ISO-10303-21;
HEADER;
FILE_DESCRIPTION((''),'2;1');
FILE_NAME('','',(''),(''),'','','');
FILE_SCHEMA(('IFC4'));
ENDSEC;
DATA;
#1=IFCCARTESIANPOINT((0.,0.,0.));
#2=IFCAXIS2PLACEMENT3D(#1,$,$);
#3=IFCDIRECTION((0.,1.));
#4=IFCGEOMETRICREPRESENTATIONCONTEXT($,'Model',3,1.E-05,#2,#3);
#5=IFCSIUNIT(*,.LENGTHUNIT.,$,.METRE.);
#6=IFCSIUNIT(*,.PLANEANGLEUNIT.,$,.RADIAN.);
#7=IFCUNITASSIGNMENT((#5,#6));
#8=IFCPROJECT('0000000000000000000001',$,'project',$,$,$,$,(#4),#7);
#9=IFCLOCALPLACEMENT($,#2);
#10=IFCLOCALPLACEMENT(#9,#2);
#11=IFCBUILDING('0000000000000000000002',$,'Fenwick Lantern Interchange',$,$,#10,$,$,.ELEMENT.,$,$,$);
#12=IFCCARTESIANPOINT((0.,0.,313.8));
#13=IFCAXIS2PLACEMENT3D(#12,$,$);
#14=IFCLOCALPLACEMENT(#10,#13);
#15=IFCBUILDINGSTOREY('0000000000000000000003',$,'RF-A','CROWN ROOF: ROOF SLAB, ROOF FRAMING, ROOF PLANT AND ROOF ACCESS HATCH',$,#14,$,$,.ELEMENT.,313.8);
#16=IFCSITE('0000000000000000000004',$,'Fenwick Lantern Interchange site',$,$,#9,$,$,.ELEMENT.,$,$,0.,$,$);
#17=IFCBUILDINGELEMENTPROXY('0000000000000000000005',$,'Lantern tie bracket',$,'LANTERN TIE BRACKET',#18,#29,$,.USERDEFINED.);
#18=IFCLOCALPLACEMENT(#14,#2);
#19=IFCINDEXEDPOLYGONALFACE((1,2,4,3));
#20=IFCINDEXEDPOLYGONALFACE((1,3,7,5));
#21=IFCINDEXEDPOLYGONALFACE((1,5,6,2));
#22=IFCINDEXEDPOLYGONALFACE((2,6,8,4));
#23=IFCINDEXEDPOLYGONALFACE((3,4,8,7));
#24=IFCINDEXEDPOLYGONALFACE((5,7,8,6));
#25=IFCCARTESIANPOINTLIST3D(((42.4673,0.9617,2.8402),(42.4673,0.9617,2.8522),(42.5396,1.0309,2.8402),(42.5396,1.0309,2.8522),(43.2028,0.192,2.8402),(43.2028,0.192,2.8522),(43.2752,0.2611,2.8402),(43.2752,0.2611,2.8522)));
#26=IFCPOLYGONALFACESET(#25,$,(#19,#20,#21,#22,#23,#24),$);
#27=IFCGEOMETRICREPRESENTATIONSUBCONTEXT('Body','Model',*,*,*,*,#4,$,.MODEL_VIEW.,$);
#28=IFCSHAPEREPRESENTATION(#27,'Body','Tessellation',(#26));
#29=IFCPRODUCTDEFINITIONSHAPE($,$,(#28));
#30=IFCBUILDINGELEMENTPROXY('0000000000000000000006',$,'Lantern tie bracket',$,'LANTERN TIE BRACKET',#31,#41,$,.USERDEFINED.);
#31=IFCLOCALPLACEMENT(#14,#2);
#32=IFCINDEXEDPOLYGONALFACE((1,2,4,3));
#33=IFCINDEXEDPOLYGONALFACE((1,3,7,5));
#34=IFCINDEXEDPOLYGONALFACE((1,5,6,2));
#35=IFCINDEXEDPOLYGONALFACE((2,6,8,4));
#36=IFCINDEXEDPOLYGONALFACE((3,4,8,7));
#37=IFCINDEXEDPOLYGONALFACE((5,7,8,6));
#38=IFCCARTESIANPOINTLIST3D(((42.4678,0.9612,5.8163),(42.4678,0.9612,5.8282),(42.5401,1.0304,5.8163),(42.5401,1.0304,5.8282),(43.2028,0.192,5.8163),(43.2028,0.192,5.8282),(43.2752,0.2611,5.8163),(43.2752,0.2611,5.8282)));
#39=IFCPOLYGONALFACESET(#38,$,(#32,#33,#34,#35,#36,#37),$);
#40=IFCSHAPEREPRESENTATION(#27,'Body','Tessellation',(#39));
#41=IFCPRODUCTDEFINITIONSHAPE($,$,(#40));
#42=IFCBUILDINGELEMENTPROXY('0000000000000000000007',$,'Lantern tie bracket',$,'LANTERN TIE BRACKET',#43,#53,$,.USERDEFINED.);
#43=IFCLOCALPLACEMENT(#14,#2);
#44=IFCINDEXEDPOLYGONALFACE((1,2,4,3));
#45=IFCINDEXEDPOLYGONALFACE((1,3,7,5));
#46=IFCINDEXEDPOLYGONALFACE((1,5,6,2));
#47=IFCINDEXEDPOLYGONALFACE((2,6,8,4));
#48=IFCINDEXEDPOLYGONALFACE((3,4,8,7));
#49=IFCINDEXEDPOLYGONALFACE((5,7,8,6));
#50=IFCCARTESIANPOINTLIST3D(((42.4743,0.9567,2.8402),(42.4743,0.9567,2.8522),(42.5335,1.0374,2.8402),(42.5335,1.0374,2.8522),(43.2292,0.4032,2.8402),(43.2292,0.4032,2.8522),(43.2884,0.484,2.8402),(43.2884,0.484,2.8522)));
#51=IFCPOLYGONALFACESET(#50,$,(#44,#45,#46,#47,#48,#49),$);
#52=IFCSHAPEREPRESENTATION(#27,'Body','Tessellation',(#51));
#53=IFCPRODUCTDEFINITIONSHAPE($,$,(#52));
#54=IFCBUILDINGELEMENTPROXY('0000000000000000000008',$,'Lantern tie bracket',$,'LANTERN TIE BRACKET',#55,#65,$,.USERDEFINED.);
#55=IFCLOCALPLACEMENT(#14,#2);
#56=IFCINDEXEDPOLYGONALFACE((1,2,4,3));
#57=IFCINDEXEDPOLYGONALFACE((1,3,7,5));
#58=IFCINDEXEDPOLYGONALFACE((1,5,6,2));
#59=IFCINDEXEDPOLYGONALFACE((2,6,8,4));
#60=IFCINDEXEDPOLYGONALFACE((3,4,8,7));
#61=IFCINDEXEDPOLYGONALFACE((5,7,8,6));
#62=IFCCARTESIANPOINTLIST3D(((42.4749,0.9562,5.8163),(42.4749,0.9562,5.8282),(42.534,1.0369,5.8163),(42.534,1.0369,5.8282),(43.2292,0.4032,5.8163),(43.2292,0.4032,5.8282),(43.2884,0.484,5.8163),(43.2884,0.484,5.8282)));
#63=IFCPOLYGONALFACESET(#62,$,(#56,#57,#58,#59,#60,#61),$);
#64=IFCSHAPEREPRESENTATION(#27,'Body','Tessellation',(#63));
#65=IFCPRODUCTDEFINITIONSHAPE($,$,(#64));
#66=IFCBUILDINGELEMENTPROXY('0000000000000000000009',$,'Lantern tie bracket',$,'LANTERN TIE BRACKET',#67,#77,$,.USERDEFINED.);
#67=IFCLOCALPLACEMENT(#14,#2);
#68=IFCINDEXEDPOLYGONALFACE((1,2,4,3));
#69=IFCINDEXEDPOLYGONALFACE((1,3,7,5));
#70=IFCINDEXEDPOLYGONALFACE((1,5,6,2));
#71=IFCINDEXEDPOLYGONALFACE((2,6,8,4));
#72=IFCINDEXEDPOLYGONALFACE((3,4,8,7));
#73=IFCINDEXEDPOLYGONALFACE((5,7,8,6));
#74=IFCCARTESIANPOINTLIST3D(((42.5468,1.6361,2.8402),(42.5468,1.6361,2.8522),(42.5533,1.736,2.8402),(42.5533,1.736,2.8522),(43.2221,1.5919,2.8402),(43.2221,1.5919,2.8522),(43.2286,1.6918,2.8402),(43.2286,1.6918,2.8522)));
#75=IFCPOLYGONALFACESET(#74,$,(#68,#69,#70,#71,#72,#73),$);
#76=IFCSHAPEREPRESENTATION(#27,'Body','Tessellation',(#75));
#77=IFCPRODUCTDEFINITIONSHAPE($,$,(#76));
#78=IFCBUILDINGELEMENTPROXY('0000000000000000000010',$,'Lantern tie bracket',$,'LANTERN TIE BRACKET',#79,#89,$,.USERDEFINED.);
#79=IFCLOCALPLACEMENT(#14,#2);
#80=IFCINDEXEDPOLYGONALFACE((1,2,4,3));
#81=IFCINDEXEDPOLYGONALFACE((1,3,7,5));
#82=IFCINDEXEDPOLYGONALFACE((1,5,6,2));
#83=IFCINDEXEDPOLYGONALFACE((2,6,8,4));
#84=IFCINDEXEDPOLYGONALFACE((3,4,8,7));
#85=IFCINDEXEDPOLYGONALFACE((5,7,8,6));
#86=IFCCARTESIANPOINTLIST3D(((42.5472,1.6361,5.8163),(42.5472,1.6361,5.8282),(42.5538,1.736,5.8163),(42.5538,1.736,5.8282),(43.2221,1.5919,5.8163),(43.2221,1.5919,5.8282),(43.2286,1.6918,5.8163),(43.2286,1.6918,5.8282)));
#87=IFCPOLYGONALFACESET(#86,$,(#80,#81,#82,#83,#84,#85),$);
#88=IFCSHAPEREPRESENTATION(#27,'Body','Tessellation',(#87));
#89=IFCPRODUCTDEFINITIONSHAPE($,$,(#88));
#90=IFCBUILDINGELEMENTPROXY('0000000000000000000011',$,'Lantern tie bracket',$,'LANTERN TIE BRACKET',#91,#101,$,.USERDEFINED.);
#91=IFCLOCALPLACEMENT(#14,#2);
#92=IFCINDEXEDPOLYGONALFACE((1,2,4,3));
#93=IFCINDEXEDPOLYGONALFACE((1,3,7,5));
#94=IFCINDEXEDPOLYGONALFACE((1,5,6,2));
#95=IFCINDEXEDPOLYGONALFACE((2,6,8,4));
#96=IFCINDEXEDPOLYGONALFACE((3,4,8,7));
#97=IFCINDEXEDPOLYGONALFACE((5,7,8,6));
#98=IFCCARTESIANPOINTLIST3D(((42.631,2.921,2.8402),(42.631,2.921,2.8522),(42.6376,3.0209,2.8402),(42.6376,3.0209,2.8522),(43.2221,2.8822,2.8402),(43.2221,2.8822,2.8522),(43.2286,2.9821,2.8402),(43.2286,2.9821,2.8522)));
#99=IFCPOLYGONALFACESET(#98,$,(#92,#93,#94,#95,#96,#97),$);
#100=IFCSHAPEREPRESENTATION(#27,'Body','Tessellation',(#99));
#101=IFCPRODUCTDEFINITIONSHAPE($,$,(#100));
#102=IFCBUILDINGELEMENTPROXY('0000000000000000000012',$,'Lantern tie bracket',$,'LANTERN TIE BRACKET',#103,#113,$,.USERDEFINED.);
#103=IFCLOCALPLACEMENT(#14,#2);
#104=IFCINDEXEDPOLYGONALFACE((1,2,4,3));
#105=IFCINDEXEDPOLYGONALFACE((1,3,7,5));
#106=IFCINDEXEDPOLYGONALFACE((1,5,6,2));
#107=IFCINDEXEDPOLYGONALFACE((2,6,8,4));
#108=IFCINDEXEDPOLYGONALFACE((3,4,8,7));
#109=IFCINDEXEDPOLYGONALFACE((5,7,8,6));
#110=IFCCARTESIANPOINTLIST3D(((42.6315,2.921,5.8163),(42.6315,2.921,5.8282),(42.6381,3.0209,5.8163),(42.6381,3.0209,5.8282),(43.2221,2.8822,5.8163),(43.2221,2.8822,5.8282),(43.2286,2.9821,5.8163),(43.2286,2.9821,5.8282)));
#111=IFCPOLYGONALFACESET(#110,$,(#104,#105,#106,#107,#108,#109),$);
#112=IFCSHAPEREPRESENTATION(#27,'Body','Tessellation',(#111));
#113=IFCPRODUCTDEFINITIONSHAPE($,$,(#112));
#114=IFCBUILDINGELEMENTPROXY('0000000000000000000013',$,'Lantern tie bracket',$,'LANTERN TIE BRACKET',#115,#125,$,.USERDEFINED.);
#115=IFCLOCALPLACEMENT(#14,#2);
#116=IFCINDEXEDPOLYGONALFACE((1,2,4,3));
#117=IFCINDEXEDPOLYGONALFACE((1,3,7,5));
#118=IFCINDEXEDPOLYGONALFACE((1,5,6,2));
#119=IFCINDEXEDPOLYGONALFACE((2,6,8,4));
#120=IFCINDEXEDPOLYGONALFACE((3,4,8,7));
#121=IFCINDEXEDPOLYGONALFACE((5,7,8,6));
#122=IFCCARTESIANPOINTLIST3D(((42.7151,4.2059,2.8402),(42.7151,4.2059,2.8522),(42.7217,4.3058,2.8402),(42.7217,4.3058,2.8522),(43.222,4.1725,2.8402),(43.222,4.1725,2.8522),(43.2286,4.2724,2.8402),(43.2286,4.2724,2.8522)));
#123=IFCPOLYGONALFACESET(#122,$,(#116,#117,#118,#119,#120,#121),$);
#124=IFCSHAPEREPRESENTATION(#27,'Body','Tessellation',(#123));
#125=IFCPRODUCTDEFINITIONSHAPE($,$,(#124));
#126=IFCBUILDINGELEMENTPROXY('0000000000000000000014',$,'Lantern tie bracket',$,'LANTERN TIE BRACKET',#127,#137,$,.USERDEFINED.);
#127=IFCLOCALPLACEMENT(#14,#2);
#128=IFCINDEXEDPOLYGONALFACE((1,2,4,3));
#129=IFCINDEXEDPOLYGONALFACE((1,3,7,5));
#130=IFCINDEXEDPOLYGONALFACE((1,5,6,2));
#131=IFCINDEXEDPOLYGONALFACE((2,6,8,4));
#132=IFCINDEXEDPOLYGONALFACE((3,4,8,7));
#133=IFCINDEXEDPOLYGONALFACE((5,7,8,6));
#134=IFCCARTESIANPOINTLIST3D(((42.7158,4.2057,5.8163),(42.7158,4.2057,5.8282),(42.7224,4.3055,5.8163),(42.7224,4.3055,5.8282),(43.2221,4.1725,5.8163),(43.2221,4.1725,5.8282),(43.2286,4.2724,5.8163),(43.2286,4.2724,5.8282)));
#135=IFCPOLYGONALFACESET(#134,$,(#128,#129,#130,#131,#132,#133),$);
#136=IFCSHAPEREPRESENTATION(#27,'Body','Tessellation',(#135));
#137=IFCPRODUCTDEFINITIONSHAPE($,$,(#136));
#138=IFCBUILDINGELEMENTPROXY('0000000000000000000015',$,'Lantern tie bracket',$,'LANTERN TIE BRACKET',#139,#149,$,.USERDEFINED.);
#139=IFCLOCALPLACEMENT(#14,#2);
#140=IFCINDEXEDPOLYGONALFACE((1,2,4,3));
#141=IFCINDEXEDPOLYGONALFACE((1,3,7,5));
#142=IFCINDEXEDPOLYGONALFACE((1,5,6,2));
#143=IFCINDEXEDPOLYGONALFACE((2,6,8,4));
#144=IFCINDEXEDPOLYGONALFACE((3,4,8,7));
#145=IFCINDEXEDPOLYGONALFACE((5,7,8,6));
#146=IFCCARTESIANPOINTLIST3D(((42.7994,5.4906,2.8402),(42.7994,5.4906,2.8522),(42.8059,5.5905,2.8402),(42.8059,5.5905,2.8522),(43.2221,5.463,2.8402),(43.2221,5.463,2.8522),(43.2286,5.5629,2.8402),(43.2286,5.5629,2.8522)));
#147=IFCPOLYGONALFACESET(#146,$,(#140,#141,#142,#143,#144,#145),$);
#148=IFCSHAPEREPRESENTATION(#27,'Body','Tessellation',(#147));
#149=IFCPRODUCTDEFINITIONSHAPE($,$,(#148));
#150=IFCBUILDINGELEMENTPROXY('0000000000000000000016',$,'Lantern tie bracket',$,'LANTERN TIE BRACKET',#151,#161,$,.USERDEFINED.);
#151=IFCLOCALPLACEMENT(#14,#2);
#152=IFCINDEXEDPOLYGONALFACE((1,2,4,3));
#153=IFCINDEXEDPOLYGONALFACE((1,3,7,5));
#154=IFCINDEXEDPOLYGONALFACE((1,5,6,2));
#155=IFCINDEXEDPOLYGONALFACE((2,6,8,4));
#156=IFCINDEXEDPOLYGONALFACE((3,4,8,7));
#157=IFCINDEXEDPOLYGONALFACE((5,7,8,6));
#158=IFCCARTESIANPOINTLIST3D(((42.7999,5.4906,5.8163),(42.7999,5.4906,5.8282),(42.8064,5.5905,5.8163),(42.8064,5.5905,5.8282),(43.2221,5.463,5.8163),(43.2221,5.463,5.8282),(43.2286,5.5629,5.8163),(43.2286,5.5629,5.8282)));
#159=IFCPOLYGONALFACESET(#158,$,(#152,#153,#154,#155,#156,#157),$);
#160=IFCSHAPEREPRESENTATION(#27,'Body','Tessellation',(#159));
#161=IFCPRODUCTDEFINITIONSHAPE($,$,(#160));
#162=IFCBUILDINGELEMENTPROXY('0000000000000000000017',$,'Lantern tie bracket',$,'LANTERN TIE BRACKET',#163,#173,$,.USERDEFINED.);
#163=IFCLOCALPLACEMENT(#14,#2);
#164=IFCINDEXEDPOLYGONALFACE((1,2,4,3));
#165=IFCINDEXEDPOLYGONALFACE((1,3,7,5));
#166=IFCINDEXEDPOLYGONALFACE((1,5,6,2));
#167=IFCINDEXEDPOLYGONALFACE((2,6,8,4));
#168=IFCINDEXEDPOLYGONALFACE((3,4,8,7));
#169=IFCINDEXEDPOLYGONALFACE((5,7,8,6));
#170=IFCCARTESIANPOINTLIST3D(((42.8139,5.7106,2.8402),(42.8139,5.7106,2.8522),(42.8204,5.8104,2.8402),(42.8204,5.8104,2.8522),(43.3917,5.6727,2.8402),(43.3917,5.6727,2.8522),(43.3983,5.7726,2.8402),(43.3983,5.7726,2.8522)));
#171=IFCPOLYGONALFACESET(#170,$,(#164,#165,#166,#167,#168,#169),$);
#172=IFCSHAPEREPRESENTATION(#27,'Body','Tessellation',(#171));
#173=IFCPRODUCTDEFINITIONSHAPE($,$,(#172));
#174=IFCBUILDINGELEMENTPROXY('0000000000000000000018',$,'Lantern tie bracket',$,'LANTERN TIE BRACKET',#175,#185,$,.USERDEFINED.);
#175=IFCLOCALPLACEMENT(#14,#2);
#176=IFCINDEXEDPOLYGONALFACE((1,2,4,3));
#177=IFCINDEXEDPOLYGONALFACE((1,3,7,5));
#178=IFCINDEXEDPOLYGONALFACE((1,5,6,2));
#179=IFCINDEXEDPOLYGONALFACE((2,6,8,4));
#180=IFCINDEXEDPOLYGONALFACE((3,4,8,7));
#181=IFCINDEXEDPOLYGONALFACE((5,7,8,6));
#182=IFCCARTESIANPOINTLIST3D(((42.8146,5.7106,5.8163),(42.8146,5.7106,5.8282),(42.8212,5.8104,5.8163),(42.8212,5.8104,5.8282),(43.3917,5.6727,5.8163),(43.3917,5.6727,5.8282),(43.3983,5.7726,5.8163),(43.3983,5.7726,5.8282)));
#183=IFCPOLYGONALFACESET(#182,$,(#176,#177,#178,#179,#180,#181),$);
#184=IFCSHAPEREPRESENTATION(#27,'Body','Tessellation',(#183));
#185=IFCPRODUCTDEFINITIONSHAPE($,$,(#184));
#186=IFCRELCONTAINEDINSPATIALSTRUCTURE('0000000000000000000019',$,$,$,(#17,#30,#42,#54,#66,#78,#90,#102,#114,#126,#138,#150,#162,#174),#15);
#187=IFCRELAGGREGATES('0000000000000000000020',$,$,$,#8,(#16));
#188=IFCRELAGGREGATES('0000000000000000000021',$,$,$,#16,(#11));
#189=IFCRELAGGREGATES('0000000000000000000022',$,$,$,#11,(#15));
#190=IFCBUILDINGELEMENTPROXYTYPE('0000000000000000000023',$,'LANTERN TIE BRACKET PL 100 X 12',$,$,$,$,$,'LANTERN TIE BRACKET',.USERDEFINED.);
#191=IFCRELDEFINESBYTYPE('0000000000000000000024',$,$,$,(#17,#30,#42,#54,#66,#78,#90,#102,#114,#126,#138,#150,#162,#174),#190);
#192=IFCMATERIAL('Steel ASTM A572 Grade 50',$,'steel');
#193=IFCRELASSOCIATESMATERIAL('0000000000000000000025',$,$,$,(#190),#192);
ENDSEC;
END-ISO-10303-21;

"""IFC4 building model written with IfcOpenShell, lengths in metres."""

from ifc_helpers import new_model, si_unit, direction, frame, origin, origin_2d, place, context, subcontext, project, spatial, rectangle, extrude, material, material_profile, profile_set, type_object, element, save


model = new_model("IFC4")

# Units and contexts
model_context = context("Model", 3, precision=1e-05, world=origin(), true_north=direction((0.0, 1.0)))
body_context = subcontext(model_context, "Body", "Model", "MODEL_VIEW")
ifc_project = project(units=[si_unit("LENGTHUNIT", "METRE"), si_unit("PLANEANGLEUNIT", "RADIAN")], contexts=[model_context])

# Site, building, storey
site_placement = place(None, origin())
site = spatial("IfcSite", under=ifc_project, at=site_placement, Name="Fenwick Lantern Interchange site", CompositionType="ELEMENT", RefElevation=0.0)
building_placement = place(site_placement, origin())
building = spatial("IfcBuilding", under=site, at=building_placement, Name="Fenwick Lantern Interchange", CompositionType="ELEMENT")
storey_placement = place(building_placement, frame((0.0, 0.0, 313.8)))
storey = spatial("IfcBuildingStorey", under=building, at=storey_placement, Name="RF-A", Description="CROWN ROOF: ROOF SLAB, ROOF FRAMING, ROOF PLANT AND ROOF ACCESS HATCH", CompositionType="ELEMENT", Elevation=313.8)

# Building element proxies
ifc_material_1 = material(Name="Steel ASTM A572 Grade 50", Category="steel")
ifc_material_profile_1 = material_profile(ifc_material_1, rectangle(XDim=0.1001, YDim=0.012, at=origin_2d()), Name="PL100X12")
ifc_profile_set_1 = profile_set([ifc_material_profile_1], Name="Steel ASTM A572 Grade 50")
building_element_proxy_type = type_object("IfcBuildingElementProxyType", Name="LANTERN TIE BRACKET PL 100 X 12", ElementType="LANTERN TIE BRACKET", PredefinedType="USERDEFINED", material=ifc_profile_set_1)
proxy_1_placement = place(storey_placement, frame((43.239, 0.2266, 2.8462), z_axis=(-0.690874, 0.722975, 0.0), x_axis=(-0.722975, -0.690874, 0.0)))
element("IfcBuildingElementProxy", 1, at=proxy_1_placement, inside=storey, type_object=building_element_proxy_type, Name="Lantern tie bracket", ObjectType="LANTERN TIE BRACKET", PredefinedType="USERDEFINED", context=body_context, shape_type="SweptSolid", body=[
    extrude(rectangle(XDim=0.1001, YDim=0.012, at=origin_2d()), origin(), (0.0, 0.0, 1.0), 1.0647),
])
proxy_2_placement = place(storey_placement, frame((43.239, 0.2266, 5.8223), z_axis=(-0.690863, 0.722986, 0.0), x_axis=(-0.722986, -0.690863, 0.0)))
element("IfcBuildingElementProxy", 2, at=proxy_2_placement, inside=storey, type_object=building_element_proxy_type, Name="Lantern tie bracket", ObjectType="LANTERN TIE BRACKET", PredefinedType="USERDEFINED", context=body_context, shape_type="SweptSolid", body=[
    extrude(rectangle(XDim=0.1001, YDim=0.012, at=origin_2d()), origin(), (0.0, 0.0, 1.0), 1.064),
])
proxy_3_placement = place(storey_placement, frame((43.2588, 0.4436, 2.8462), z_axis=(-0.806463, 0.591285, 0.0), x_axis=(-0.591285, -0.806463, 0.0)))
element("IfcBuildingElementProxy", 3, at=proxy_3_placement, inside=storey, type_object=building_element_proxy_type, Name="Lantern tie bracket", ObjectType="LANTERN TIE BRACKET", PredefinedType="USERDEFINED", context=body_context, shape_type="SweptSolid", body=[
    extrude(rectangle(XDim=0.1001, YDim=0.012, at=origin_2d()), origin(), (0.0, 0.0, 1.0), 0.936),
])
proxy_4_placement = place(storey_placement, frame((43.2588, 0.4436, 5.8223), z_axis=(-0.806529, 0.591194, 0.0), x_axis=(-0.591194, -0.806529, 0.0)))
element("IfcBuildingElementProxy", 4, at=proxy_4_placement, inside=storey, type_object=building_element_proxy_type, Name="Lantern tie bracket", ObjectType="LANTERN TIE BRACKET", PredefinedType="USERDEFINED", context=body_context, shape_type="SweptSolid", body=[
    extrude(rectangle(XDim=0.1001, YDim=0.012, at=origin_2d()), origin(), (0.0, 0.0, 1.0), 0.9353),
])
proxy_5_placement = place(storey_placement, frame((43.2253, 1.6418, 2.8462), z_axis=(-0.997866, 0.065298, 0.0), x_axis=(-0.065298, -0.997866, 0.0)))
element("IfcBuildingElementProxy", 5, at=proxy_5_placement, inside=storey, type_object=building_element_proxy_type, Name="Lantern tie bracket", ObjectType="LANTERN TIE BRACKET", PredefinedType="USERDEFINED", context=body_context, shape_type="SweptSolid", body=[
    extrude(rectangle(XDim=0.1001, YDim=0.012, at=origin_2d()), origin(), (0.0, 0.0, 1.0), 0.6768),
])
proxy_6_placement = place(storey_placement, frame((43.2253, 1.6418, 5.8223), z_axis=(-0.997863, 0.065345, 0.0), x_axis=(-0.065345, -0.997863, 0.0)))
element("IfcBuildingElementProxy", 6, at=proxy_6_placement, inside=storey, type_object=building_element_proxy_type, Name="Lantern tie bracket", ObjectType="LANTERN TIE BRACKET", PredefinedType="USERDEFINED", context=body_context, shape_type="SweptSolid", body=[
    extrude(rectangle(XDim=0.1001, YDim=0.012, at=origin_2d()), origin(), (0.0, 0.0, 1.0), 0.6763),
])
proxy_7_placement = place(storey_placement, frame((43.2253, 2.9321, 2.8462), z_axis=(-0.99785, 0.065534, 0.0), x_axis=(-0.065534, -0.99785, 0.0)))
element("IfcBuildingElementProxy", 7, at=proxy_7_placement, inside=storey, type_object=building_element_proxy_type, Name="Lantern tie bracket", ObjectType="LANTERN TIE BRACKET", PredefinedType="USERDEFINED", context=body_context, shape_type="SweptSolid", body=[
    extrude(rectangle(XDim=0.1001, YDim=0.012, at=origin_2d()), origin(), (0.0, 0.0, 1.0), 0.5923),
])
proxy_8_placement = place(storey_placement, frame((43.2253, 2.9321, 5.8223), z_axis=(-0.997847, 0.065588, 0.0), x_axis=(-0.065588, -0.997847, 0.0)))
element("IfcBuildingElementProxy", 8, at=proxy_8_placement, inside=storey, type_object=building_element_proxy_type, Name="Lantern tie bracket", ObjectType="LANTERN TIE BRACKET", PredefinedType="USERDEFINED", context=body_context, shape_type="SweptSolid", body=[
    extrude(rectangle(XDim=0.1001, YDim=0.012, at=origin_2d()), origin(), (0.0, 0.0, 1.0), 0.5918),
])
proxy_9_placement = place(storey_placement, frame((43.2253, 4.2224, 2.8462), z_axis=(-0.99783, 0.065849, 0.0), x_axis=(-0.065849, -0.99783, 0.0)))
element("IfcBuildingElementProxy", 9, at=proxy_9_placement, inside=storey, type_object=building_element_proxy_type, Name="Lantern tie bracket", ObjectType="LANTERN TIE BRACKET", PredefinedType="USERDEFINED", context=body_context, shape_type="SweptSolid", body=[
    extrude(rectangle(XDim=0.1001, YDim=0.012, at=origin_2d()), origin(), (0.0, 0.0, 1.0), 0.5081),
])
proxy_10_placement = place(storey_placement, frame((43.2253, 4.2224, 5.8223), z_axis=(-0.997857, 0.065433, 0.0), x_axis=(-0.065433, -0.997857, 0.0)))
element("IfcBuildingElementProxy", 10, at=proxy_10_placement, inside=storey, type_object=building_element_proxy_type, Name="Lantern tie bracket", ObjectType="LANTERN TIE BRACKET", PredefinedType="USERDEFINED", context=body_context, shape_type="SweptSolid", body=[
    extrude(rectangle(XDim=0.1001, YDim=0.012, at=origin_2d()), origin(), (0.0, 0.0, 1.0), 0.5073),
])
proxy_11_placement = place(storey_placement, frame((43.2253, 5.5129, 2.8462), z_axis=(-0.997876, 0.065142, 0.0), x_axis=(-0.065142, -0.997876, 0.0)))
element("IfcBuildingElementProxy", 11, at=proxy_11_placement, inside=storey, type_object=building_element_proxy_type, Name="Lantern tie bracket", ObjectType="LANTERN TIE BRACKET", PredefinedType="USERDEFINED", context=body_context, shape_type="SweptSolid", body=[
    extrude(rectangle(XDim=0.1001, YDim=0.012, at=origin_2d()), origin(), (0.0, 0.0, 1.0), 0.4236),
])
proxy_12_placement = place(storey_placement, frame((43.2253, 5.5129, 5.8223), z_axis=(-0.997871, 0.065217, 0.0), x_axis=(-0.065217, -0.997871, 0.0)))
element("IfcBuildingElementProxy", 12, at=proxy_12_placement, inside=storey, type_object=building_element_proxy_type, Name="Lantern tie bracket", ObjectType="LANTERN TIE BRACKET", PredefinedType="USERDEFINED", context=body_context, shape_type="SweptSolid", body=[
    extrude(rectangle(XDim=0.1001, YDim=0.012, at=origin_2d()), origin(), (0.0, 0.0, 1.0), 0.4231),
])
proxy_13_placement = place(storey_placement, frame((43.395, 5.7227, 2.8462), z_axis=(-0.997863, 0.065344, 0.0), x_axis=(-0.065344, -0.997863, 0.0)))
element("IfcBuildingElementProxy", 13, at=proxy_13_placement, inside=storey, type_object=building_element_proxy_type, Name="Lantern tie bracket", ObjectType="LANTERN TIE BRACKET", PredefinedType="USERDEFINED", context=body_context, shape_type="SweptSolid", body=[
    extrude(rectangle(XDim=0.1001, YDim=0.012, at=origin_2d()), origin(), (0.0, 0.0, 1.0), 0.5791),
])
proxy_14_placement = place(storey_placement, frame((43.395, 5.7227, 5.8223), z_axis=(-0.997857, 0.065426, 0.0), x_axis=(-0.065426, -0.997857, 0.0)))
element("IfcBuildingElementProxy", 14, at=proxy_14_placement, inside=storey, type_object=building_element_proxy_type, Name="Lantern tie bracket", ObjectType="LANTERN TIE BRACKET", PredefinedType="USERDEFINED", context=body_context, shape_type="SweptSolid", body=[
    extrude(rectangle(XDim=0.1001, YDim=0.012, at=origin_2d()), origin(), (0.0, 0.0, 1.0), 0.5784),
])

save(model, "model.ifc")
